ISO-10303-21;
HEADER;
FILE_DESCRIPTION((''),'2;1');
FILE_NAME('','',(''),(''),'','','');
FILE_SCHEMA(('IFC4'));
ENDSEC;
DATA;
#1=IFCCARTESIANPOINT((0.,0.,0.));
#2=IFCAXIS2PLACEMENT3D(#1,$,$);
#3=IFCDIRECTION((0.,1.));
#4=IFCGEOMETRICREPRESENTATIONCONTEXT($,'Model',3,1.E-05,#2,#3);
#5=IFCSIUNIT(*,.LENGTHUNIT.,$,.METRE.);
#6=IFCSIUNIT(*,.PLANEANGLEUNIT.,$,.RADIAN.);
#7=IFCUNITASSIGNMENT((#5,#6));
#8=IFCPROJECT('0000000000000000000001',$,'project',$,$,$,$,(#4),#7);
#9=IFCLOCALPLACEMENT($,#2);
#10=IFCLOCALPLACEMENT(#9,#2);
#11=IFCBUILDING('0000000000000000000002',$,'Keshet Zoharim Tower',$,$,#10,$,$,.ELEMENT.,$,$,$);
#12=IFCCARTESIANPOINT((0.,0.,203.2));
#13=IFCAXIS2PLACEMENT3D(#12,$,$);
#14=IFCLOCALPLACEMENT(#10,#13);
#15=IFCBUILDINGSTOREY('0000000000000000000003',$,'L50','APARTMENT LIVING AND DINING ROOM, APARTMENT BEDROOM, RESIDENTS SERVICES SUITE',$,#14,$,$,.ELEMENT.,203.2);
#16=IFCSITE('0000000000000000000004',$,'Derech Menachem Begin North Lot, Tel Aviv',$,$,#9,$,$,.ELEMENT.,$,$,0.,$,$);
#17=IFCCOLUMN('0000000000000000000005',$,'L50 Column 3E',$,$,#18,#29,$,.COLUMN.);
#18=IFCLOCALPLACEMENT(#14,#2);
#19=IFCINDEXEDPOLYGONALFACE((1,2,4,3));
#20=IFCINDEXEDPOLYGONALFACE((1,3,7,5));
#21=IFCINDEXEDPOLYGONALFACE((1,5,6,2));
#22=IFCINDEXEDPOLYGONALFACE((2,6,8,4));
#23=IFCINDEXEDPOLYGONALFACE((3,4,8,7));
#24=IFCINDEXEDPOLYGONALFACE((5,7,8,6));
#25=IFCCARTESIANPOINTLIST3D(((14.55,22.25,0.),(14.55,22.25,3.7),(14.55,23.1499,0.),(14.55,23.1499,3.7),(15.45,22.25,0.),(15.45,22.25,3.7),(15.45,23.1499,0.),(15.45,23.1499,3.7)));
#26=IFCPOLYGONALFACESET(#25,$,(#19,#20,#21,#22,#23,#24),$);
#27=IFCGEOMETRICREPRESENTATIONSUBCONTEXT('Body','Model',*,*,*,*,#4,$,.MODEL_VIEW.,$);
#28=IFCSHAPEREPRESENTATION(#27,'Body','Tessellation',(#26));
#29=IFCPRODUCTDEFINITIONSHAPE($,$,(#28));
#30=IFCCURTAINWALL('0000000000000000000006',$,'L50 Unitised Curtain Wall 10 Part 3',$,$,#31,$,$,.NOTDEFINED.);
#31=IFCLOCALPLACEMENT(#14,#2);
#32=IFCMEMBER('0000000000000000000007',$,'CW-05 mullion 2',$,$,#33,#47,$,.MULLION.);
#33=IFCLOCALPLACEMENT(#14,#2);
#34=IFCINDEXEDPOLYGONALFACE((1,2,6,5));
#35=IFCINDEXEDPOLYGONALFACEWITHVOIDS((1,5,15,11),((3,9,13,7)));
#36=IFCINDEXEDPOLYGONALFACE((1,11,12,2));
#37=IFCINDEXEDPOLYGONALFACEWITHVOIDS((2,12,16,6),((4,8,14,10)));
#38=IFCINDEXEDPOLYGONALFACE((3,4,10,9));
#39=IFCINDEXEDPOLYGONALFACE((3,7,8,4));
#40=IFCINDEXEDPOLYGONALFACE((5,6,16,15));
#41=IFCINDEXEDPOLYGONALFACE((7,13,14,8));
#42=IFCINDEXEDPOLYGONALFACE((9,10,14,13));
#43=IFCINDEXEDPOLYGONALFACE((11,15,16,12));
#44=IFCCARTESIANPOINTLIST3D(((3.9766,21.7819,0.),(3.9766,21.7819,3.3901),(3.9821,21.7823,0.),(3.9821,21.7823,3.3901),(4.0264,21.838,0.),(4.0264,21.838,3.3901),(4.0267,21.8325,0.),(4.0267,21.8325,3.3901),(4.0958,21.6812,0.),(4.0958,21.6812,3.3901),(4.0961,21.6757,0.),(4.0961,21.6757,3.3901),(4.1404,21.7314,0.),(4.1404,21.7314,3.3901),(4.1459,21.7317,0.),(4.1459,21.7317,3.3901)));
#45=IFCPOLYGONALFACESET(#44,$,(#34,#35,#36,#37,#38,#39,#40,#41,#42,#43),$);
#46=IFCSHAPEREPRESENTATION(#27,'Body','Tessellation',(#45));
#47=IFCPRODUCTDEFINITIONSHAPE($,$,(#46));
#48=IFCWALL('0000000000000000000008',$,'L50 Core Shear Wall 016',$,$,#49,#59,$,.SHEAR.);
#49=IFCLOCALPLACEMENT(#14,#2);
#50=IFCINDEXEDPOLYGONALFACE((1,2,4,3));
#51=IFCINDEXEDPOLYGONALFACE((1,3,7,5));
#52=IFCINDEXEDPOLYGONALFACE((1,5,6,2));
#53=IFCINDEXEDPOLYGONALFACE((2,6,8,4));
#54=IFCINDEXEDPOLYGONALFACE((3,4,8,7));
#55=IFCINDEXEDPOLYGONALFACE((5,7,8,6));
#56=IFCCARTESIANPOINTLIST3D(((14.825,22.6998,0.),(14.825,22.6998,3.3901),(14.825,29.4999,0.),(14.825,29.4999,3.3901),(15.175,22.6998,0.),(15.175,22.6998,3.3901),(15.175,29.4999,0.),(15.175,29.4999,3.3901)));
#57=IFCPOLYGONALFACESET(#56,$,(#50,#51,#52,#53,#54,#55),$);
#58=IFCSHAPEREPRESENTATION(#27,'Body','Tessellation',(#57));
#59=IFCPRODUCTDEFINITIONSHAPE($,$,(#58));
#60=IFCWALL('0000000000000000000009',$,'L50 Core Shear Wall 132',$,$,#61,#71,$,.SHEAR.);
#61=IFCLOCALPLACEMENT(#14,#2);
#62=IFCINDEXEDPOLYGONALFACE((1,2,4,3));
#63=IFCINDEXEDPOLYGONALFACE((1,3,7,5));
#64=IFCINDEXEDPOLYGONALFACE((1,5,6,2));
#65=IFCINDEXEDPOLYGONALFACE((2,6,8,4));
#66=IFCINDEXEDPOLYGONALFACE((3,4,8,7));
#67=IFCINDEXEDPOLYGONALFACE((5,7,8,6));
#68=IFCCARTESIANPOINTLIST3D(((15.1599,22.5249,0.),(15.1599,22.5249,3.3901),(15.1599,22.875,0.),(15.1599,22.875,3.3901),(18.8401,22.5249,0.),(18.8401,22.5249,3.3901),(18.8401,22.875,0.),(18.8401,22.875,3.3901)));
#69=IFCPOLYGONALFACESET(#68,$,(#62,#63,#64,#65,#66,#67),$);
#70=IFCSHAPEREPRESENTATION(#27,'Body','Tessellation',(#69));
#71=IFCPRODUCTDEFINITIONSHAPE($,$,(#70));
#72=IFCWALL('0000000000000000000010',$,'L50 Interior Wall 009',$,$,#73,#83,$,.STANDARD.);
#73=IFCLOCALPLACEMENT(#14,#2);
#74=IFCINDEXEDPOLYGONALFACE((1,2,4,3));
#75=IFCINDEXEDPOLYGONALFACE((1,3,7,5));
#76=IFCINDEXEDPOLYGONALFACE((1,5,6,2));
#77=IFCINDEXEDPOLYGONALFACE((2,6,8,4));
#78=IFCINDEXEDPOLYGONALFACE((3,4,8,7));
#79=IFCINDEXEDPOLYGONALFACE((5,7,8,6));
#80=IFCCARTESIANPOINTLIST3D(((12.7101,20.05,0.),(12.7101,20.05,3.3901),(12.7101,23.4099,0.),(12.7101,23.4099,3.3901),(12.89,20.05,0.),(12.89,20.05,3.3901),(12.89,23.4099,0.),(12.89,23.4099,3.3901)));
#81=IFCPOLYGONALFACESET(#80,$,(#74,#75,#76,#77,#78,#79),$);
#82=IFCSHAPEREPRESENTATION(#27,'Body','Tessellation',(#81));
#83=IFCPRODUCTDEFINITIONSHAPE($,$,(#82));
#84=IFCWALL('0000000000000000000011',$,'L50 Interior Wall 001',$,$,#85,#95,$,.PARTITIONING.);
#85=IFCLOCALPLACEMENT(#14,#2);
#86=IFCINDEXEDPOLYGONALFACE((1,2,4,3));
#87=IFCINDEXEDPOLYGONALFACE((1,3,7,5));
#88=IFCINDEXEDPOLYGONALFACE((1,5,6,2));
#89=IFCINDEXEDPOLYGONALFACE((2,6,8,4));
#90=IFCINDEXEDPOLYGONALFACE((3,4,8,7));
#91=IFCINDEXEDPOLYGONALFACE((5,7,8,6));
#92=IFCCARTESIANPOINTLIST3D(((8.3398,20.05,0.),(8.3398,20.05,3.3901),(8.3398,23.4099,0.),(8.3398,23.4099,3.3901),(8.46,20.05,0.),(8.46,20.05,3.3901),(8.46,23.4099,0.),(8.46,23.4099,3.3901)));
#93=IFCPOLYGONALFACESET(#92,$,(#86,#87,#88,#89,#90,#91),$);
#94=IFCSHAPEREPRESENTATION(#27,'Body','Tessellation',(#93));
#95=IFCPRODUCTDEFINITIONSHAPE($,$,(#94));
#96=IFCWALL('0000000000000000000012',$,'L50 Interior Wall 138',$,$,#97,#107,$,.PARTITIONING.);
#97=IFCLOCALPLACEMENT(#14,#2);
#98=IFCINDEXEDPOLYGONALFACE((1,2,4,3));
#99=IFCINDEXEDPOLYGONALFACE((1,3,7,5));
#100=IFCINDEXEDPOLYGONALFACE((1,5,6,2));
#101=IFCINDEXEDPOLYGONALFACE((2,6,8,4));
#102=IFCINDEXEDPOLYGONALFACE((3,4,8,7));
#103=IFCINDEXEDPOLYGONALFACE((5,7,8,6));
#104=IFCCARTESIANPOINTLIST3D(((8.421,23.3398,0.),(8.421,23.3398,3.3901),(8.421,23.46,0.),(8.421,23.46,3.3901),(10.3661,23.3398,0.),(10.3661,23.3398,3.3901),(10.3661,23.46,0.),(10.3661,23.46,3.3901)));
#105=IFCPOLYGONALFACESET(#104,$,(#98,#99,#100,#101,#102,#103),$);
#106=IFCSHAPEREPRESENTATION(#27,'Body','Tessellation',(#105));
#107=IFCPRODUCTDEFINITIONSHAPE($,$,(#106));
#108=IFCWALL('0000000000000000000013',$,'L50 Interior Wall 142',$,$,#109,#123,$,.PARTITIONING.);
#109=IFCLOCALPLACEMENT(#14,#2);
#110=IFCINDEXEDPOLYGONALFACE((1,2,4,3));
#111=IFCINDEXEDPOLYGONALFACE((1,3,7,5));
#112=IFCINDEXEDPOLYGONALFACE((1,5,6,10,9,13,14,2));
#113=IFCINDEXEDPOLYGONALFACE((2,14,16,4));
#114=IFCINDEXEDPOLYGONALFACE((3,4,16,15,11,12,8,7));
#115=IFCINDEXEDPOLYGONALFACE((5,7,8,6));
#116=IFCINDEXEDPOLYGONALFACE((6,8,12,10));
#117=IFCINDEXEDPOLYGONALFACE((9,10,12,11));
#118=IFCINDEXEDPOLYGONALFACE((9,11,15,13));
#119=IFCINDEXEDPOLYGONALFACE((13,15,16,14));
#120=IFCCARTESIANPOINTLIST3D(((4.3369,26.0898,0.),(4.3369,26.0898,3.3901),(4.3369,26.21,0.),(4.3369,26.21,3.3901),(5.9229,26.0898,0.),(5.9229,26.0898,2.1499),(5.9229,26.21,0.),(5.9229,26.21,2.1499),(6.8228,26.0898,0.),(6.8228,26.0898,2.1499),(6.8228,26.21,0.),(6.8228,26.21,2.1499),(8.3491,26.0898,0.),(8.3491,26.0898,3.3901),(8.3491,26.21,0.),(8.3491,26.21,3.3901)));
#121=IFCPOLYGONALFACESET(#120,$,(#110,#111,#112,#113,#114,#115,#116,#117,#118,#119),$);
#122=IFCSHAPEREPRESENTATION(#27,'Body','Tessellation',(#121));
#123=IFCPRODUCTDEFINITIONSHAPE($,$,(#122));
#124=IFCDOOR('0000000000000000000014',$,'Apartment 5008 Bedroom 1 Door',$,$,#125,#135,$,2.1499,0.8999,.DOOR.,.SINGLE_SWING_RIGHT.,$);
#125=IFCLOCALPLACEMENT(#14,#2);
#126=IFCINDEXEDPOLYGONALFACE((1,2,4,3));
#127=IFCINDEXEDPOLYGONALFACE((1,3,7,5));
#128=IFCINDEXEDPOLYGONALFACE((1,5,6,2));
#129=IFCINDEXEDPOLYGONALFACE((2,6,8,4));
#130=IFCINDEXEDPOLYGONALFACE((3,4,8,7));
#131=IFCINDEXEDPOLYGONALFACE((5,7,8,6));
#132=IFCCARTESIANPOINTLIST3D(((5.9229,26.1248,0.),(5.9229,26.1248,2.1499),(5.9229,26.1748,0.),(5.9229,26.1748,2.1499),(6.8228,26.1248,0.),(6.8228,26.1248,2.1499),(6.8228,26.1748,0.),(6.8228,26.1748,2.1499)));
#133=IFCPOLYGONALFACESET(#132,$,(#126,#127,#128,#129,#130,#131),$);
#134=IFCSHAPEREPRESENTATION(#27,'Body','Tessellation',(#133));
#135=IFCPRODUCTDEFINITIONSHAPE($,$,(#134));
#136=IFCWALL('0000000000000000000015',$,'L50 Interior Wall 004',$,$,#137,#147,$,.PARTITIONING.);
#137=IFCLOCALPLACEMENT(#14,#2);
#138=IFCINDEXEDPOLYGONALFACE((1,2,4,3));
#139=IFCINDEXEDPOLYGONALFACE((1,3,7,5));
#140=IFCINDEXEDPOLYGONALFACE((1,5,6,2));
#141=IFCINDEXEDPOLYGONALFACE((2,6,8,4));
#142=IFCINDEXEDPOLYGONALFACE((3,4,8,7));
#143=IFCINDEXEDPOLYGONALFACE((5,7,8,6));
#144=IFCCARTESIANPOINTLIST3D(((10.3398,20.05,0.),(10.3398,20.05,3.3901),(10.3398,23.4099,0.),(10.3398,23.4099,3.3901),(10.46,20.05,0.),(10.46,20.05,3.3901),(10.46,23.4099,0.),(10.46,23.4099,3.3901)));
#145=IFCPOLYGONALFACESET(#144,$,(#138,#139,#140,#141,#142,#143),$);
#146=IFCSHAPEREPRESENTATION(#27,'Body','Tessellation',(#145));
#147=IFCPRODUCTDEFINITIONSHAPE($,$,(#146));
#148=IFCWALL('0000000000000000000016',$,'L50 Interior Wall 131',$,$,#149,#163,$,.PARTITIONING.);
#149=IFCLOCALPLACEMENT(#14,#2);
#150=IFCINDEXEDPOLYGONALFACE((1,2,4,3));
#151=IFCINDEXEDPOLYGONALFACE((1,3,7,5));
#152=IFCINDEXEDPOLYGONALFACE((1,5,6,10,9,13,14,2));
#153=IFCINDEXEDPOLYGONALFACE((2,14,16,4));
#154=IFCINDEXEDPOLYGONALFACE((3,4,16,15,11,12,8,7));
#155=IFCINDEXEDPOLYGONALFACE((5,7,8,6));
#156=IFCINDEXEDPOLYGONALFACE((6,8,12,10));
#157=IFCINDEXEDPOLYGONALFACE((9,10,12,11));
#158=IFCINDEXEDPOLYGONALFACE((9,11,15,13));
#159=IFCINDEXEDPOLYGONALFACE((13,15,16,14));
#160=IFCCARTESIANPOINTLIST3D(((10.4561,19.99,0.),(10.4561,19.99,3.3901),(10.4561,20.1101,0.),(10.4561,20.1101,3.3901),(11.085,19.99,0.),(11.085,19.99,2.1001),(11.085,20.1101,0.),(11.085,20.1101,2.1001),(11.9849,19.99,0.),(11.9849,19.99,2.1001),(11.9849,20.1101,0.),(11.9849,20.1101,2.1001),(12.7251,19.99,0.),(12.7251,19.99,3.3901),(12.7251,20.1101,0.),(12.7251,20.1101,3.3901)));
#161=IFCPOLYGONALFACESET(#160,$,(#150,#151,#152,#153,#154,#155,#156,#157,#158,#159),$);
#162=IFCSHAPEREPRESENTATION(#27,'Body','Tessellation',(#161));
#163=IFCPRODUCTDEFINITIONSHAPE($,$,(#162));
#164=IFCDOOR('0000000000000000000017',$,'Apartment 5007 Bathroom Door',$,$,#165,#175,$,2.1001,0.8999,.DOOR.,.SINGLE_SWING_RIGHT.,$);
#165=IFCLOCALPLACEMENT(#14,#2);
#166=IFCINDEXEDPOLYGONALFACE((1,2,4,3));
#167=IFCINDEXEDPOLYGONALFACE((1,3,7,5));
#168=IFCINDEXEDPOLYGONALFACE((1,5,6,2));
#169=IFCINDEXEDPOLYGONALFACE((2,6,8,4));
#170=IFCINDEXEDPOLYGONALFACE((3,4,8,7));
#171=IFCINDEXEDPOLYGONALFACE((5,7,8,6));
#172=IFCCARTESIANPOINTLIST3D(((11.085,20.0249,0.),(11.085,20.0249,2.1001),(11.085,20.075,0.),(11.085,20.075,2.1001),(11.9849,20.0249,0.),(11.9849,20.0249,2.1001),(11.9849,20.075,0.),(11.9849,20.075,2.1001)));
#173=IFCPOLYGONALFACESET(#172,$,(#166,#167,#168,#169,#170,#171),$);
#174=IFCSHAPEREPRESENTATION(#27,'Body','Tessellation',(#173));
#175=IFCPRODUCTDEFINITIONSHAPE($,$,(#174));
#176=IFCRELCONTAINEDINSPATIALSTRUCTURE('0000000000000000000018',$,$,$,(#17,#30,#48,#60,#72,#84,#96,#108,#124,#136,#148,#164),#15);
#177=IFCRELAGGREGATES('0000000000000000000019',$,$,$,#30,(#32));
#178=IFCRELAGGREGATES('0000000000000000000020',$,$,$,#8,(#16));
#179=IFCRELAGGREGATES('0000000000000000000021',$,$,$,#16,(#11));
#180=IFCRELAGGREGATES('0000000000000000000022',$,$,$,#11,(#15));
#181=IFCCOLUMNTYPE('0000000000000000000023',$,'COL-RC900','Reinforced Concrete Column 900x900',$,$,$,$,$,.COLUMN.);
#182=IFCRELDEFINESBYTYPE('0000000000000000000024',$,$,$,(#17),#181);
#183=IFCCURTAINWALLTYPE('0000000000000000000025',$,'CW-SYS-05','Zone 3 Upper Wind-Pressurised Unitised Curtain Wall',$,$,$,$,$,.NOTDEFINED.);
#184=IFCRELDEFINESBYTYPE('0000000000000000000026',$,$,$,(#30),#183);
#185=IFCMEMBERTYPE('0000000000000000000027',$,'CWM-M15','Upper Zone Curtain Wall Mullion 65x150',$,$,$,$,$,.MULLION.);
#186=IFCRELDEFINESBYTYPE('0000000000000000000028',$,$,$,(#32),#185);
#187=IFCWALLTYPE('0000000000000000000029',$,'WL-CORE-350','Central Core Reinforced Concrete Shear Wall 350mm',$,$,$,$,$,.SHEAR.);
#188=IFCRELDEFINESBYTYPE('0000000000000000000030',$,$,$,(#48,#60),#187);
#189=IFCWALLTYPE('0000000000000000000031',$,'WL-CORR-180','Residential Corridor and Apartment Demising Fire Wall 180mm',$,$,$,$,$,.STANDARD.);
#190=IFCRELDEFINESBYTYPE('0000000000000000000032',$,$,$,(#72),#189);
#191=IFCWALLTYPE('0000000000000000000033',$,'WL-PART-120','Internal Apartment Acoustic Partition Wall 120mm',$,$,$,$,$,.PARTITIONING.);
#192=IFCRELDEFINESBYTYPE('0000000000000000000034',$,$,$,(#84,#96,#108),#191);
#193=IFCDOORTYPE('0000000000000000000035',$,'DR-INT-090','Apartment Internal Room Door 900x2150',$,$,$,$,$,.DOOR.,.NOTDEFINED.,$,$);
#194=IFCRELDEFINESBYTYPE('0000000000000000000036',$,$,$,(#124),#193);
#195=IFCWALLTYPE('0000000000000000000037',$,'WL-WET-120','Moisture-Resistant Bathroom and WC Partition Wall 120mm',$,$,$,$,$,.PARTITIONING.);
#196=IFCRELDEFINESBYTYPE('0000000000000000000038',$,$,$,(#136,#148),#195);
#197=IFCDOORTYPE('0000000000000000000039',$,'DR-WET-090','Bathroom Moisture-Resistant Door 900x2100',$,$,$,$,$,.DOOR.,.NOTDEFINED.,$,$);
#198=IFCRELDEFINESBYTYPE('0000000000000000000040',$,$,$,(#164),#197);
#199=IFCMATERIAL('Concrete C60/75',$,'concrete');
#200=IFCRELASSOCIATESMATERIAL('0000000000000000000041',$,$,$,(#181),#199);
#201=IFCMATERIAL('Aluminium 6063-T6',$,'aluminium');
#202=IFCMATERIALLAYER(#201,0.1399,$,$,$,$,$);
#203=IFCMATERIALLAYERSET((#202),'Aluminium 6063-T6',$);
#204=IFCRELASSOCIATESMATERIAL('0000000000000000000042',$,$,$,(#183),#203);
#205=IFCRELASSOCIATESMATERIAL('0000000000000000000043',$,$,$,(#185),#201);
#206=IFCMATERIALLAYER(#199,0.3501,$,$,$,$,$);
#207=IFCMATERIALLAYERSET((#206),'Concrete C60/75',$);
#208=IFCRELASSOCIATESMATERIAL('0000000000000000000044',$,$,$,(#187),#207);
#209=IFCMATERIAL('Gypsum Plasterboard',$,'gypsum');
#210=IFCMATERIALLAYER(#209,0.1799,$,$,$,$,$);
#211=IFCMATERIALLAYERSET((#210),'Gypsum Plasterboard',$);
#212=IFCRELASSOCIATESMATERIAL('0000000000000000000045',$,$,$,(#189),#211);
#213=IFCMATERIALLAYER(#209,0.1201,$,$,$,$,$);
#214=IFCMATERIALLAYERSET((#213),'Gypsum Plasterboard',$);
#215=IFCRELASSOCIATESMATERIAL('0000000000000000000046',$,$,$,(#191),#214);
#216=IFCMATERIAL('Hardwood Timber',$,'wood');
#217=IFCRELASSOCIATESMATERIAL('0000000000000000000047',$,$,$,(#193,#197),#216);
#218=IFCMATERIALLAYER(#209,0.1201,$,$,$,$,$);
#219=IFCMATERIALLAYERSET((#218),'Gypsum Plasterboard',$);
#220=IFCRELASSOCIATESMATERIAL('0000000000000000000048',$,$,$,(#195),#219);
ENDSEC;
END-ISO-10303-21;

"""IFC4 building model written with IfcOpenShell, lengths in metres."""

from ifc_helpers import new_model, si_unit, direction, frame, frame_2d, origin, origin_2d, place, context, subcontext, project, spatial, rectangle, hollow_rectangle, extrude, material, layer, layer_set, material_profile, profile_set, type_object, element, fill, aggregate, save


model = new_model("IFC4")

# Units and contexts
model_context = context("Model", 3, precision=1e-05, world=origin(), true_north=direction((0.0, 1.0)))
body_context = subcontext(model_context, "Body", "Model", "MODEL_VIEW")
ifc_project = project(units=[si_unit("LENGTHUNIT", "METRE"), si_unit("PLANEANGLEUNIT", "RADIAN")], contexts=[model_context])

# Site, building, storey
site_placement = place(None, origin())
site = spatial("IfcSite", under=ifc_project, at=site_placement, Name="Derech Menachem Begin North Lot, Tel Aviv", CompositionType="ELEMENT", RefElevation=0.0)
building_placement = place(site_placement, origin())
building = spatial("IfcBuilding", under=site, at=building_placement, Name="Keshet Zoharim Tower", CompositionType="ELEMENT")
storey_placement = place(building_placement, frame((0.0, 0.0, 203.2)))
storey = spatial("IfcBuildingStorey", under=building, at=storey_placement, Name="L50", Description="APARTMENT LIVING AND DINING ROOM, APARTMENT BEDROOM, RESIDENTS SERVICES SUITE", CompositionType="ELEMENT", Elevation=203.2)

# Column
ifc_material_1 = material(Name="Concrete C60/75", Category="concrete")
ifc_material_profile_1 = material_profile(ifc_material_1, rectangle(XDim=0.8999, YDim=0.8999, at=origin_2d()), Name="RC900x900")
ifc_profile_set_1 = profile_set([ifc_material_profile_1], Name="Concrete C60/75")
column_type = type_object("IfcColumnType", Name="COL-RC900", Description="Reinforced Concrete Column 900x900", PredefinedType="COLUMN", material=ifc_profile_set_1)
column_placement = place(storey_placement, frame((15.0, 22.7, 0.0), z_axis=(0.0, 0.0, 1.0), x_axis=(1.0, 0.0, 0.0)))
element("IfcColumn", 1, at=column_placement, inside=storey, type_object=column_type, Name="L50 Column 3E", PredefinedType="COLUMN", context=body_context, shape_type="SweptSolid", body=[
    extrude(rectangle(XDim=0.8999, YDim=0.8999, at=origin_2d()), origin(), (0.0, 0.0, 1.0), 3.7),
])

# Curtain wall, member
ifc_material_2 = material(Name="Aluminium 6063-T6", Category="aluminium")
ifc_layer_1 = layer(ifc_material_2, 0.1399)
ifc_layer_set_1 = layer_set([ifc_layer_1], Name="Aluminium 6063-T6")
curtain_wall_type = type_object("IfcCurtainWallType", Name="CW-SYS-05", Description="Zone 3 Upper Wind-Pressurised Unitised Curtain Wall", PredefinedType="NOTDEFINED", material=ifc_layer_set_1)
curtain_wall_placement = place(storey_placement, origin())
curtain_wall = element("IfcCurtainWall", 2, at=curtain_wall_placement, inside=storey, type_object=curtain_wall_type, Name="L50 Unitised Curtain Wall 10 Part 3", PredefinedType="NOTDEFINED")
ifc_material_profile_2 = material_profile(ifc_material_2, hollow_rectangle(XDim=0.075, YDim=0.1599, WallThickness=0.0039, at=origin_2d()), Name="MUL-75x160")
ifc_profile_set_2 = profile_set([ifc_material_profile_2], Name="Aluminium 6063-T6")
member_type = type_object("IfcMemberType", Name="CWM-M15", Description="Upper Zone Curtain Wall Mullion 65x150", PredefinedType="MULLION", material=ifc_profile_set_2)
member_placement = place(storey_placement, frame((4.0613, 21.7568, 0.0), z_axis=(0.0, 0.0, 1.0), x_axis=(-0.664367, -0.747407, 0.0)))
member = element("IfcMember", 3, at=member_placement, type_object=member_type, Name="CW-05 mullion 2", PredefinedType="MULLION", context=body_context, shape_type="SweptSolid", body=[
    extrude(hollow_rectangle(XDim=0.075, YDim=0.1599, WallThickness=0.0039, at=origin_2d()), origin(), (0.0, 0.0, 1.0), 3.3901),
])
aggregate(curtain_wall, [member])

# Walls
ifc_layer_2 = layer(ifc_material_1, 0.3501)
ifc_layer_set_2 = layer_set([ifc_layer_2], Name="Concrete C60/75")
wall_type_1 = type_object("IfcWallType", Name="WL-CORE-350", Description="Central Core Reinforced Concrete Shear Wall 350mm", PredefinedType="SHEAR", material=ifc_layer_set_2)
wall_1_placement = place(storey_placement, frame((15.0, 22.7, 0.0), z_axis=(0.0, 0.0, 1.0), x_axis=(0.0, 1.0, 0.0)))
element("IfcWall", 4, at=wall_1_placement, inside=storey, type_object=wall_type_1, Name="L50 Core Shear Wall 016", PredefinedType="SHEAR", context=body_context, shape_type="SweptSolid", body=[
    extrude(rectangle(XDim=6.8, YDim=0.3501, at=frame_2d((3.3999, 0.0))), origin(), (0.0, 0.0, 1.0), 3.3901),
])
wall_2_placement = place(storey_placement, frame((15.1599, 22.7, 0.0), z_axis=(0.0, 0.0, 1.0), x_axis=(1.0, 0.0, 0.0)))
element("IfcWall", 5, at=wall_2_placement, inside=storey, type_object=wall_type_1, Name="L50 Core Shear Wall 132", PredefinedType="SHEAR", context=body_context, shape_type="SweptSolid", body=[
    extrude(rectangle(XDim=3.6802, YDim=0.3501, at=frame_2d((1.8401, 0.0))), origin(), (0.0, 0.0, 1.0), 3.3901),
])
ifc_material_3 = material(Name="Gypsum Plasterboard", Category="gypsum")
ifc_layer_3 = layer(ifc_material_3, 0.1799)
ifc_layer_set_3 = layer_set([ifc_layer_3], Name="Gypsum Plasterboard")
wall_type_2 = type_object("IfcWallType", Name="WL-CORR-180", Description="Residential Corridor and Apartment Demising Fire Wall 180mm", PredefinedType="STANDARD", material=ifc_layer_set_3)
wall_3_placement = place(storey_placement, frame((12.8, 20.05, 0.0), z_axis=(0.0, 0.0, 1.0), x_axis=(0.0, 1.0, 0.0)))
element("IfcWall", 6, at=wall_3_placement, inside=storey, type_object=wall_type_2, Name="L50 Interior Wall 009", PredefinedType="STANDARD", context=body_context, shape_type="SweptSolid", body=[
    extrude(rectangle(XDim=3.3599, YDim=0.1799, at=frame_2d((1.6799, 0.0))), origin(), (0.0, 0.0, 1.0), 3.3901),
])

# Shared definitions
ifc_material_4 = material(Name="Hardwood Timber", Category="wood")

# Wall
ifc_layer_4 = layer(ifc_material_3, 0.1201)
ifc_layer_set_4 = layer_set([ifc_layer_4], Name="Gypsum Plasterboard")
wall_type_3 = type_object("IfcWallType", Name="WL-PART-120", Description="Internal Apartment Acoustic Partition Wall 120mm", PredefinedType="PARTITIONING", material=ifc_layer_set_4)
wall_4_placement = place(storey_placement, frame((8.3999, 20.05, 0.0), z_axis=(0.0, 0.0, 1.0), x_axis=(0.0, 1.0, 0.0)))
element("IfcWall", 7, at=wall_4_placement, inside=storey, type_object=wall_type_3, Name="L50 Interior Wall 001", PredefinedType="PARTITIONING", context=body_context, shape_type="SweptSolid", body=[
    extrude(rectangle(XDim=3.3599, YDim=0.1201, at=frame_2d((1.6799, 0.0))), origin(), (0.0, 0.0, 1.0), 3.3901),
])

# Shared definitions
door_type_1 = type_object("IfcDoorType", Name="DR-INT-090", Description="Apartment Internal Room Door 900x2150", OperationType="NOTDEFINED", PredefinedType="DOOR", material=ifc_material_4)

# Wall
wall_5_placement = place(storey_placement, frame((8.4209, 23.3999, 0.0), z_axis=(0.0, 0.0, 1.0), x_axis=(1.0, 0.0, 0.0)))
element("IfcWall", 8, at=wall_5_placement, inside=storey, type_object=wall_type_3, Name="L50 Interior Wall 138", PredefinedType="PARTITIONING", context=body_context, shape_type="SweptSolid", body=[
    extrude(rectangle(XDim=1.9451, YDim=0.1201, at=frame_2d((0.9727, 0.0))), origin(), (0.0, 0.0, 1.0), 3.3901),
])

# Wall, opening, door
wall_6_placement = place(storey_placement, frame((4.3369, 26.1499, 0.0), z_axis=(0.0, 0.0, 1.0), x_axis=(1.0, 0.0, 0.0)))
wall_6 = element("IfcWall", 9, at=wall_6_placement, inside=storey, type_object=wall_type_3, Name="L50 Interior Wall 142", PredefinedType="PARTITIONING", context=body_context, shape_type="SweptSolid", body=[
    extrude(rectangle(XDim=4.0122, YDim=0.1201, at=frame_2d((2.0061, 0.0))), origin(), (0.0, 0.0, 1.0), 3.3901),
])
opening_1_placement = place(wall_6_placement, frame((1.5859, 0.0, 0.0)))
opening_1 = element("IfcOpeningElement", 10, at=opening_1_placement, cuts=wall_6, PredefinedType="OPENING", context=body_context, shape_type="SweptSolid", body=[
    extrude(rectangle(XDim=0.8999, YDim=2.1499, at=frame_2d((0.45, 1.075))), frame((0.0, 0.0701, 0.0), z_axis=(0.0, -1.0, 0.0), x_axis=(1.0, 0.0, 0.0)), (0.0, 0.0, 1.0), 0.1401),
])
door_1_placement = place(opening_1_placement, origin())
door_1 = element("IfcDoor", 11, at=door_1_placement, inside=storey, type_object=door_type_1, Name="Apartment 5008 Bedroom 1 Door", OperationType="SINGLE_SWING_RIGHT", OverallHeight=2.1499, OverallWidth=0.8999, PredefinedType="DOOR", context=body_context, shape_type="SweptSolid", body=[
    extrude(rectangle(XDim=0.8999, YDim=2.1499, at=frame_2d((0.45, 1.075))), frame((0.0, 0.0249, 0.0), z_axis=(0.0, -1.0, 0.0), x_axis=(1.0, 0.0, 0.0)), (0.0, 0.0, 1.0), 0.05),
])
fill(opening_1, door_1)

# Wall
ifc_layer_5 = layer(ifc_material_3, 0.1201)
ifc_layer_set_5 = layer_set([ifc_layer_5], Name="Gypsum Plasterboard")
wall_type_4 = type_object("IfcWallType", Name="WL-WET-120", Description="Moisture-Resistant Bathroom and WC Partition Wall 120mm", PredefinedType="PARTITIONING", material=ifc_layer_set_5)
wall_7_placement = place(storey_placement, frame((10.3999, 20.05, 0.0), z_axis=(0.0, 0.0, 1.0), x_axis=(0.0, 1.0, 0.0)))
element("IfcWall", 12, at=wall_7_placement, inside=storey, type_object=wall_type_4, Name="L50 Interior Wall 004", PredefinedType="PARTITIONING", context=body_context, shape_type="SweptSolid", body=[
    extrude(rectangle(XDim=3.3599, YDim=0.1201, at=frame_2d((1.6799, 0.0))), origin(), (0.0, 0.0, 1.0), 3.3901),
])

# Wall, opening, door
wall_8_placement = place(storey_placement, frame((10.4561, 20.05, 0.0), z_axis=(0.0, 0.0, 1.0), x_axis=(1.0, 0.0, 0.0)))
wall_8 = element("IfcWall", 13, at=wall_8_placement, inside=storey, type_object=wall_type_4, Name="L50 Interior Wall 131", PredefinedType="PARTITIONING", context=body_context, shape_type="SweptSolid", body=[
    extrude(rectangle(XDim=2.269, YDim=0.1201, at=frame_2d((1.1345, 0.0))), origin(), (0.0, 0.0, 1.0), 3.3901),
])
opening_2_placement = place(wall_8_placement, frame((0.6289, 0.0, 0.0)))
opening_2 = element("IfcOpeningElement", 14, at=opening_2_placement, cuts=wall_8, PredefinedType="OPENING", context=body_context, shape_type="SweptSolid", body=[
    extrude(rectangle(XDim=0.8999, YDim=2.1001, at=frame_2d((0.45, 1.05))), frame((0.0, 0.0701, 0.0), z_axis=(0.0, -1.0, 0.0), x_axis=(1.0, 0.0, 0.0)), (0.0, 0.0, 1.0), 0.1401),
])
door_type_2 = type_object("IfcDoorType", Name="DR-WET-090", Description="Bathroom Moisture-Resistant Door 900x2100", OperationType="NOTDEFINED", PredefinedType="DOOR", material=ifc_material_4)
door_2_placement = place(opening_2_placement, origin())
door_2 = element("IfcDoor", 15, at=door_2_placement, inside=storey, type_object=door_type_2, Name="Apartment 5007 Bathroom Door", OperationType="SINGLE_SWING_RIGHT", OverallHeight=2.1001, OverallWidth=0.8999, PredefinedType="DOOR", context=body_context, shape_type="SweptSolid", body=[
    extrude(rectangle(XDim=0.8999, YDim=2.1001, at=frame_2d((0.45, 1.05))), frame((0.0, 0.0249, 0.0), z_axis=(0.0, -1.0, 0.0), x_axis=(1.0, 0.0, 0.0)), (0.0, 0.0, 1.0), 0.05),
])
fill(opening_2, door_2)

save(model, "model.ifc")
